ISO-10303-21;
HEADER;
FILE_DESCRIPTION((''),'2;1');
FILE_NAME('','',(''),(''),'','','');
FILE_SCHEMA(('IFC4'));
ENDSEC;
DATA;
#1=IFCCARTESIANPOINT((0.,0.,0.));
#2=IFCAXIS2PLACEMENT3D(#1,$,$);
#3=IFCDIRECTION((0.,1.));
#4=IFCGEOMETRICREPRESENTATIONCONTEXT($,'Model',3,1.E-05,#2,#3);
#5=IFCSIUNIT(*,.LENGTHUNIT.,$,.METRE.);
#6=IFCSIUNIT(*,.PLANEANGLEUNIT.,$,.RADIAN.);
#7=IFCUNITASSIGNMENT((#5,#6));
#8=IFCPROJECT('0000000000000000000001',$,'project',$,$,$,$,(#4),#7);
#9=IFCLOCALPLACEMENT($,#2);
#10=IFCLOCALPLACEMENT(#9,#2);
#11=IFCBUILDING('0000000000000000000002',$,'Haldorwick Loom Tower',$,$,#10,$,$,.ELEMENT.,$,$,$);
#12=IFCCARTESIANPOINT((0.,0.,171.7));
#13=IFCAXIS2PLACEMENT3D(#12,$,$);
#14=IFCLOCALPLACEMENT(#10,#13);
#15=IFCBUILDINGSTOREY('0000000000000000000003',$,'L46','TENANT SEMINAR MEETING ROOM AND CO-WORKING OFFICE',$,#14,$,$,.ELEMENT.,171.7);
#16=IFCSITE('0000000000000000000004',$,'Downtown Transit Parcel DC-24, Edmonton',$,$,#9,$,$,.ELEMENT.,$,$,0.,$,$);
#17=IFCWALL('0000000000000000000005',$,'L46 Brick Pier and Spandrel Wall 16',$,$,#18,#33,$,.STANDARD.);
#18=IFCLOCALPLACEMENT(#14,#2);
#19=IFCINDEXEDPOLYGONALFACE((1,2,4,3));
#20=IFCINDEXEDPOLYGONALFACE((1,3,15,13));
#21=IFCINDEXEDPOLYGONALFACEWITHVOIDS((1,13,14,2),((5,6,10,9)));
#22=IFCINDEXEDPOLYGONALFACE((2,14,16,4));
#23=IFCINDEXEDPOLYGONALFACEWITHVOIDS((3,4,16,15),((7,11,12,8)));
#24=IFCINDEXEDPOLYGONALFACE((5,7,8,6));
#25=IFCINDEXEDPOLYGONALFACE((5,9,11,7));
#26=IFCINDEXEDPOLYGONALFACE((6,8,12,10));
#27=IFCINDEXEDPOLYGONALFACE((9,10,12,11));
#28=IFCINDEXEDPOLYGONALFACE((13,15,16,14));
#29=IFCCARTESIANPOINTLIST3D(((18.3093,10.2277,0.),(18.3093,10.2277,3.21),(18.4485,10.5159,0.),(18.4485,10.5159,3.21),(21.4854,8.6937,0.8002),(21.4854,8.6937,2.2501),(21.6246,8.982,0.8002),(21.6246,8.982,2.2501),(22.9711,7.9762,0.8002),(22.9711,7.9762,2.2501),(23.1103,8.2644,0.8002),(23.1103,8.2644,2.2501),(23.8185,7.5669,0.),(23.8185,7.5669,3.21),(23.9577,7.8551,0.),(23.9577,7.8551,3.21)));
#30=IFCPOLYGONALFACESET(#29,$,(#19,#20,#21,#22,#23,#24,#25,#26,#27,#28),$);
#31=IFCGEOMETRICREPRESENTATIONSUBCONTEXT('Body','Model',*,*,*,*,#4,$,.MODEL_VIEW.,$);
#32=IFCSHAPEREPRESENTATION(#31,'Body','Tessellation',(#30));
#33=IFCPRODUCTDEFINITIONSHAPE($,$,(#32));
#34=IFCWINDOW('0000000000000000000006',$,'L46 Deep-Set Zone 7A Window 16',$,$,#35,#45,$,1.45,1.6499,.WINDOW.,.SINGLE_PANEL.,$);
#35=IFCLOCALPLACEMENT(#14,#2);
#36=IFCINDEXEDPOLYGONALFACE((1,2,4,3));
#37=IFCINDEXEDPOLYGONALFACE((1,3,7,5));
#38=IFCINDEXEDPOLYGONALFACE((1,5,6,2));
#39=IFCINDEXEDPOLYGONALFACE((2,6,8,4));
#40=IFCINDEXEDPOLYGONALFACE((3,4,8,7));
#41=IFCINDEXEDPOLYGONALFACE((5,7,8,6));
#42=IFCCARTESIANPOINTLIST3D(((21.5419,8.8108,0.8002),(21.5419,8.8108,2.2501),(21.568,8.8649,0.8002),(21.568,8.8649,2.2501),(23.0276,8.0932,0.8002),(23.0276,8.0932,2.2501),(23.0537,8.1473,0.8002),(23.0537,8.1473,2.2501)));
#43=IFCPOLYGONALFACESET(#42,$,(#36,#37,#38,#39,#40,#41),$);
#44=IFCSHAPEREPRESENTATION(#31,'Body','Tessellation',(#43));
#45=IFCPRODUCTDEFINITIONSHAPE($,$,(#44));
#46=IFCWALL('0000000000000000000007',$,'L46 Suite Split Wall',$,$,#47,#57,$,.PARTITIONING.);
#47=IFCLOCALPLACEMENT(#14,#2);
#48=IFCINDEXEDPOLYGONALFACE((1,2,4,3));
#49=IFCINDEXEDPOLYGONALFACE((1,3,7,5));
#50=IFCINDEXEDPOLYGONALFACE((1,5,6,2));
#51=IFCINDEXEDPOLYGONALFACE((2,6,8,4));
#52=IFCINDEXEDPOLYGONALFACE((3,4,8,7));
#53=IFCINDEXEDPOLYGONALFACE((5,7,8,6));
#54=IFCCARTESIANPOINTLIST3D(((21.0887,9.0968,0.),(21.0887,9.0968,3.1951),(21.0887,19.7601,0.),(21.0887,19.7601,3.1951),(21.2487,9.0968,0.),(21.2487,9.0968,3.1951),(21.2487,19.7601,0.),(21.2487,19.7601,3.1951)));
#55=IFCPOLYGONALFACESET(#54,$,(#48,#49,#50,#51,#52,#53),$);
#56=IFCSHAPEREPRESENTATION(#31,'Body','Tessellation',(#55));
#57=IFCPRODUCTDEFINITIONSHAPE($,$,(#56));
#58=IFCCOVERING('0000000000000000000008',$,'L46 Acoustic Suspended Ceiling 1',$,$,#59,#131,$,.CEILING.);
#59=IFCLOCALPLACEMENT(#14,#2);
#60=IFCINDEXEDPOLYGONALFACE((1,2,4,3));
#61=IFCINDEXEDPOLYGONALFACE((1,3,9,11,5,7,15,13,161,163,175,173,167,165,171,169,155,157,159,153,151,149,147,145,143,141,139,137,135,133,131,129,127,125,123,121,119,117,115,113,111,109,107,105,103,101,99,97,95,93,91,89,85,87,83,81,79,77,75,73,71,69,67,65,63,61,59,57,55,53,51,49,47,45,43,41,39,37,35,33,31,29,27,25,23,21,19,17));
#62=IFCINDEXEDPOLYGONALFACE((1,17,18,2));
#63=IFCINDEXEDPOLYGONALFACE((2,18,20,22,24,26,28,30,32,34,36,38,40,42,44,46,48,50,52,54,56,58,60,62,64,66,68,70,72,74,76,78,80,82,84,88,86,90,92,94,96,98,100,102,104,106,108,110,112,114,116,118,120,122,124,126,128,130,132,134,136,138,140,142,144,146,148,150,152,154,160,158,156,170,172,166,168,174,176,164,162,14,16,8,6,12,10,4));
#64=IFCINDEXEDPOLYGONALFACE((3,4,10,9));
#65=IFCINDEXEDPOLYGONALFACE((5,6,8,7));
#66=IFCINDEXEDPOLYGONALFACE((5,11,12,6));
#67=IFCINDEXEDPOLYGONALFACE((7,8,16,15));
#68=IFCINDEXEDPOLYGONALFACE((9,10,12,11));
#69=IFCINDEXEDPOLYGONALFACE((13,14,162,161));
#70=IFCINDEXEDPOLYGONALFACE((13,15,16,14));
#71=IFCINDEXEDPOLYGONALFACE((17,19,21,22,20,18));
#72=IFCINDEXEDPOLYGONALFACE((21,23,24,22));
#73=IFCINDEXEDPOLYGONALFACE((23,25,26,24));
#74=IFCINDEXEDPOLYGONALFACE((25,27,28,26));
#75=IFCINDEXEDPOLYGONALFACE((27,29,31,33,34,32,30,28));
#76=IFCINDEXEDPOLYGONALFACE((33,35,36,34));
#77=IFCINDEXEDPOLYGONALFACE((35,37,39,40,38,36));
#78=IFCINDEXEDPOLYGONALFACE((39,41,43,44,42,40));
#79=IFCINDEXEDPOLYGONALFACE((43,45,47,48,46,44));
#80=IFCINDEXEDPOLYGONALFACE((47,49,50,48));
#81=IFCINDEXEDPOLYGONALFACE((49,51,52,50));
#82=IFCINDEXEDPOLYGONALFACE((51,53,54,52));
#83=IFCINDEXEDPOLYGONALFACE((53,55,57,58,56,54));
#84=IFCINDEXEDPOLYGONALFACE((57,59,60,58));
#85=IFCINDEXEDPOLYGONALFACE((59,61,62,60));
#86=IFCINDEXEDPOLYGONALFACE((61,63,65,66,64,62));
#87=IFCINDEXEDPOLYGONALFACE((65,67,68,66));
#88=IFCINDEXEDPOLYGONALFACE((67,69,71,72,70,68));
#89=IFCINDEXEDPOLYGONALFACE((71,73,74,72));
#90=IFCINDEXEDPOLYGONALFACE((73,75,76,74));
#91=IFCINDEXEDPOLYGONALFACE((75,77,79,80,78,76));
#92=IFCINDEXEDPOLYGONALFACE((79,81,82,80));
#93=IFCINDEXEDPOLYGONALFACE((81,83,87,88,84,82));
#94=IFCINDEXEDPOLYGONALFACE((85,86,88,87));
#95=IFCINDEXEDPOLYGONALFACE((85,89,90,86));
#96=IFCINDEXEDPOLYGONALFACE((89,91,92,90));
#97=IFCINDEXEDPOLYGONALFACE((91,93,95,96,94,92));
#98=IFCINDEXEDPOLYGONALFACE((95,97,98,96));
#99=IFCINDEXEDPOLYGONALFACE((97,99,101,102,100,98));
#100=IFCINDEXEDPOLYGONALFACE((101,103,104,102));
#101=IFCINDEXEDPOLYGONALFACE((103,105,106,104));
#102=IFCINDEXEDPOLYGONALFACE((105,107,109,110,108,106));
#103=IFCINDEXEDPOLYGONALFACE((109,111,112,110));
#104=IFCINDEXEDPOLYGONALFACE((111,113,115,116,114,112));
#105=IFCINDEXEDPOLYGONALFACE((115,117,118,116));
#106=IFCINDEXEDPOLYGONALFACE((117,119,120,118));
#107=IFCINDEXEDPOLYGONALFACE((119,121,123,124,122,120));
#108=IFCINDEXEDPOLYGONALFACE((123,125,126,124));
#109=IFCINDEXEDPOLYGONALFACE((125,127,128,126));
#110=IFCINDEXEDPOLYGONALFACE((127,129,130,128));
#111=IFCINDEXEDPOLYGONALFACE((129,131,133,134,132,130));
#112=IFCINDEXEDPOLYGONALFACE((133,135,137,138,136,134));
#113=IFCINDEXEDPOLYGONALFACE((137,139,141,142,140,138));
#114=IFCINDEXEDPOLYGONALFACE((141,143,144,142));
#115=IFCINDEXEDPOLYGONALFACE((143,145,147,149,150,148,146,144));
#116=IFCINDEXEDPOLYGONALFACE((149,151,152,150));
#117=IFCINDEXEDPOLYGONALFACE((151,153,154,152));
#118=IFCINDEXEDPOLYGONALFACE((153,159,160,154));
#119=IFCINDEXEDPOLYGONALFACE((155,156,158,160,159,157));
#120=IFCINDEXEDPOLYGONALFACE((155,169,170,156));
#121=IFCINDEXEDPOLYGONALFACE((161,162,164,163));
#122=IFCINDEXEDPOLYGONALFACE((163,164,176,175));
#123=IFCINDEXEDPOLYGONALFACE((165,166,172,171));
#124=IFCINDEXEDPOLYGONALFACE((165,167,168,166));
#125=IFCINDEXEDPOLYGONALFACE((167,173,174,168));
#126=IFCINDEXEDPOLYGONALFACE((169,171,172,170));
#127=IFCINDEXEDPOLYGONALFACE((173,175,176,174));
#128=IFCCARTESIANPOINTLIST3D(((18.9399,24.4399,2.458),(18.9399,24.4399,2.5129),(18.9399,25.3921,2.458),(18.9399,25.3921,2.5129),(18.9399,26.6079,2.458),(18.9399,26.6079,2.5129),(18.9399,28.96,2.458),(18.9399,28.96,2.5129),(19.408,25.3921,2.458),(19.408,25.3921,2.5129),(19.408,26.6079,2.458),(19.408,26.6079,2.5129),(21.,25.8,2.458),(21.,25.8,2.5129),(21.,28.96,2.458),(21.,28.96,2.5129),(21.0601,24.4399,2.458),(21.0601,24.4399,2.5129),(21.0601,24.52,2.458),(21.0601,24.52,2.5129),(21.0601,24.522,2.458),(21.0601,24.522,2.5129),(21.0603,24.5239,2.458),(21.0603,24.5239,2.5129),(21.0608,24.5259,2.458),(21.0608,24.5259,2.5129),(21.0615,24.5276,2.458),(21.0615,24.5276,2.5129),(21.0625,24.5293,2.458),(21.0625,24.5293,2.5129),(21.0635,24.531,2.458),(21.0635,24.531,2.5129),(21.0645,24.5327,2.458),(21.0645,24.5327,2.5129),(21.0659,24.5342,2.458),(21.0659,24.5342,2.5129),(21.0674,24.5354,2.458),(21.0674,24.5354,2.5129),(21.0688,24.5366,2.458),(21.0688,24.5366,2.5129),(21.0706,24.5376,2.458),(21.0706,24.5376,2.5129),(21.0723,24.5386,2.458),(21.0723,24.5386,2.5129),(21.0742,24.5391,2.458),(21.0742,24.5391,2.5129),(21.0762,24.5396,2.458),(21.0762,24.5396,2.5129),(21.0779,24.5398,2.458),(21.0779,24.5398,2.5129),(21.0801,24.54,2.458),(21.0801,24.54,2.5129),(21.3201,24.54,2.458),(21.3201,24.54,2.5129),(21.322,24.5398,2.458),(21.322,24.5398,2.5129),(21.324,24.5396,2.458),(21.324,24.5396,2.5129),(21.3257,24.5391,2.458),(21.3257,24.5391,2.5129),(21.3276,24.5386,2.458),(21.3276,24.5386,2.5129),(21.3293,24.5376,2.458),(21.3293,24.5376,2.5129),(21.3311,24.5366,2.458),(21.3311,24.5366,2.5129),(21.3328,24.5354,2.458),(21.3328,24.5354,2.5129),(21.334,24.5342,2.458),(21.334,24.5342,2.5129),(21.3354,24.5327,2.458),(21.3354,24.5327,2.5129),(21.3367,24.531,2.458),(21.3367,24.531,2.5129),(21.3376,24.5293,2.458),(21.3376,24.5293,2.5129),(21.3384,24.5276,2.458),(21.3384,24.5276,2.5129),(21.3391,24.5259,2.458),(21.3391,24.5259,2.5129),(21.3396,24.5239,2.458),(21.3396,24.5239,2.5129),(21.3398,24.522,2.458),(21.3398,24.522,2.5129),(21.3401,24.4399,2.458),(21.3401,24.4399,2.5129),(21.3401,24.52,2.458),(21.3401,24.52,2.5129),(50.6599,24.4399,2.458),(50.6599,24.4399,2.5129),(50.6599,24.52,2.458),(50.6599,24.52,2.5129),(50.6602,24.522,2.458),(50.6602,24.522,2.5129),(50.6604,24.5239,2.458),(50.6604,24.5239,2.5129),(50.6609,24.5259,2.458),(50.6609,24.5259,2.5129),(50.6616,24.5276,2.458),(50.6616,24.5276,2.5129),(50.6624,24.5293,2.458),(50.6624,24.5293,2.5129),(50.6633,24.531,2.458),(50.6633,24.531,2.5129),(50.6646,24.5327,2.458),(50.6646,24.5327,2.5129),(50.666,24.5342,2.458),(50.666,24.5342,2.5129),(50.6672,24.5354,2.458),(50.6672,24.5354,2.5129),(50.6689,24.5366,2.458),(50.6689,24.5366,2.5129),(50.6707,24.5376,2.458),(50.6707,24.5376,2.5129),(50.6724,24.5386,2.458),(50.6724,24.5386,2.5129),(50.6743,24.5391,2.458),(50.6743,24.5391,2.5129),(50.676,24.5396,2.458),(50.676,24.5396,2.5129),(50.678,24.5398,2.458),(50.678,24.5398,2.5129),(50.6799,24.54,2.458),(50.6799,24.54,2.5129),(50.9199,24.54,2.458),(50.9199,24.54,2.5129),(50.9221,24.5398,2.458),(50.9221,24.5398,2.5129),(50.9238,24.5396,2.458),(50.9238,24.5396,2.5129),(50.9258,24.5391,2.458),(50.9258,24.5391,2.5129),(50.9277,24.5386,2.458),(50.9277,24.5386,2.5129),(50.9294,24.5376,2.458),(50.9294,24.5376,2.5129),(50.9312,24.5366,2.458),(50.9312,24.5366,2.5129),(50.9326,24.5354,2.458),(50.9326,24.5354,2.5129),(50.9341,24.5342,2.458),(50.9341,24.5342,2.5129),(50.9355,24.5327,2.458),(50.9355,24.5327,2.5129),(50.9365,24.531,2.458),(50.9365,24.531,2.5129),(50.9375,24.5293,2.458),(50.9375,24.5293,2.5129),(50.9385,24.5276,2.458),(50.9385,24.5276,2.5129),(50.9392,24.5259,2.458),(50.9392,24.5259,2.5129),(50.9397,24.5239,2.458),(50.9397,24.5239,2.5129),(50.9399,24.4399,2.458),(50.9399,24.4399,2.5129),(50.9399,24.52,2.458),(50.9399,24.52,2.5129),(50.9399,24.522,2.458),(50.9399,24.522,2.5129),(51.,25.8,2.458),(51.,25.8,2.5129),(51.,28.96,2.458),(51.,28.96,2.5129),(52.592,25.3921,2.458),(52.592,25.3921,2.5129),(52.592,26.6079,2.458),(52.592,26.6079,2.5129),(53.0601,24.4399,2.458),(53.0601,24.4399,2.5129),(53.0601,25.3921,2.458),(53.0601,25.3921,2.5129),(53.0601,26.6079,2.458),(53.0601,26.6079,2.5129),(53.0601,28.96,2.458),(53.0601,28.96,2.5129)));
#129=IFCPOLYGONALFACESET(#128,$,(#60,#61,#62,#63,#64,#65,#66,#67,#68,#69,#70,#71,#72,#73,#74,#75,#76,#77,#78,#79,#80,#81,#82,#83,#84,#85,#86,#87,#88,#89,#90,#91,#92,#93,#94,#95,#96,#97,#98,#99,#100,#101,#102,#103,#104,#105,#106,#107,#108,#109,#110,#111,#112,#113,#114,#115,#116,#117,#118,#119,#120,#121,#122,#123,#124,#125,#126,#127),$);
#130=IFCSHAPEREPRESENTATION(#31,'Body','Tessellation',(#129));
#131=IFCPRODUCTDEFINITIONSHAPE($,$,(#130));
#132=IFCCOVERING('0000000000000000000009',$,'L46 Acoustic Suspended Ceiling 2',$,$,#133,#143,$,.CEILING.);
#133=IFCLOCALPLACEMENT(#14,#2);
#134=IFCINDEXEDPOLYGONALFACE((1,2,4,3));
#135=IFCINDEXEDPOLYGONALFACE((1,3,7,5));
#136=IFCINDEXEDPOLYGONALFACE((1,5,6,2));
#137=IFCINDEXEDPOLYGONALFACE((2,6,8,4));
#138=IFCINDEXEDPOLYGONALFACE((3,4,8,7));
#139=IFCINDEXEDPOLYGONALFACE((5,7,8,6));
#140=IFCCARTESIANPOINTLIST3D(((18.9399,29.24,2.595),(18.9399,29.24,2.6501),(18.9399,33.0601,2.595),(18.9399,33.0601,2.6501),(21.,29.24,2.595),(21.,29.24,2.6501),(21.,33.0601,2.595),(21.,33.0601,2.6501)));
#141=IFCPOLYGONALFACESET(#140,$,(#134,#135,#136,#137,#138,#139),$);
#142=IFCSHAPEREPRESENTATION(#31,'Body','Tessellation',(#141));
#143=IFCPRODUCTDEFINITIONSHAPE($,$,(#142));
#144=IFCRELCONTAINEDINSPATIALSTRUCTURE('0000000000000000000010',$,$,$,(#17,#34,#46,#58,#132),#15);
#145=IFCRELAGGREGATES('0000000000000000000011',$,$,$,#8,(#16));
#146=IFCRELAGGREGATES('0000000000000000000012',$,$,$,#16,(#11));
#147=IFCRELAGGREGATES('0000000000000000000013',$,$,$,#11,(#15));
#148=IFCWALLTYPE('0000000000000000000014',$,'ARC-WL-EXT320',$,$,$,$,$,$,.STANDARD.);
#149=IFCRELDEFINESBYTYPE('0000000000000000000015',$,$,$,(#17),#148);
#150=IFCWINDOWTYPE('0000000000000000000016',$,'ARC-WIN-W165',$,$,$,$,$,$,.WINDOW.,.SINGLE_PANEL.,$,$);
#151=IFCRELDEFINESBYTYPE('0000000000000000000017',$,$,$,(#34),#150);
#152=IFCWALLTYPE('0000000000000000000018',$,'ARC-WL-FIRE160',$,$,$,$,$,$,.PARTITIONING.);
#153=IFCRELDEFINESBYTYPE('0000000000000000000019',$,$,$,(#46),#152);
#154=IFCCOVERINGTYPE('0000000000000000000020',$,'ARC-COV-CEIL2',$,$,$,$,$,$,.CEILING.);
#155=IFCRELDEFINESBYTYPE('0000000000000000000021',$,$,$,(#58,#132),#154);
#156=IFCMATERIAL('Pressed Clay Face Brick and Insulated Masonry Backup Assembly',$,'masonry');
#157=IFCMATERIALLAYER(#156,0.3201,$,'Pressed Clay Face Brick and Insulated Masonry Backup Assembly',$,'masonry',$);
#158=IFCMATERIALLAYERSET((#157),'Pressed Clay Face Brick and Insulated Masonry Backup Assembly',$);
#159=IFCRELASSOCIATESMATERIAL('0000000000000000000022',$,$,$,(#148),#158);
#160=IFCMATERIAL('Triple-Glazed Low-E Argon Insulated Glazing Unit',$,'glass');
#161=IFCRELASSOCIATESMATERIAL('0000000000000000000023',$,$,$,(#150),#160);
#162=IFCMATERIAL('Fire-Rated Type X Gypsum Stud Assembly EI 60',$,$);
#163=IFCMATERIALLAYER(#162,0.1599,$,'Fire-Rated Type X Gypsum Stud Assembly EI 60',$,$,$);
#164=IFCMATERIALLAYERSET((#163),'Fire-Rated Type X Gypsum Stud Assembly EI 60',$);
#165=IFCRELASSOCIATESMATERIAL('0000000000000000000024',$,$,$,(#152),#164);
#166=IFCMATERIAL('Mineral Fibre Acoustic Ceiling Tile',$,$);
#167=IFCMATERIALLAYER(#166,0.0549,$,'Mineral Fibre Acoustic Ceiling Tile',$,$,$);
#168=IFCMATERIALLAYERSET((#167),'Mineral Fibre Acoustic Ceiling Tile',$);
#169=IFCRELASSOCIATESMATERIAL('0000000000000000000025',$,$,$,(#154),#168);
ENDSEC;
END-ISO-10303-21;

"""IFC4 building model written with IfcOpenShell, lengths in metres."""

from ifc_helpers import new_model, si_unit, direction, frame, frame_2d, origin, place, context, subcontext, project, spatial, polyline, rectangle, outline, extrude, material, layer, layer_set, type_object, element, fill, save


model = new_model("IFC4")

# Units and contexts
model_context = context("Model", 3, precision=1e-05, world=origin(), true_north=direction((0.0, 1.0)))
body_context = subcontext(model_context, "Body", "Model", "MODEL_VIEW")
ifc_project = project(units=[si_unit("LENGTHUNIT", "METRE"), si_unit("PLANEANGLEUNIT", "RADIAN")], contexts=[model_context])

# Site, building, storey
site_placement = place(None, origin())
site = spatial("IfcSite", under=ifc_project, at=site_placement, Name="Downtown Transit Parcel DC-24, Edmonton", CompositionType="ELEMENT", RefElevation=0.0)
building_placement = place(site_placement, origin())
building = spatial("IfcBuilding", under=site, at=building_placement, Name="Haldorwick Loom Tower", CompositionType="ELEMENT")
storey_placement = place(building_placement, frame((0.0, 0.0, 171.7)))
storey = spatial("IfcBuildingStorey", under=building, at=storey_placement, Name="L46", Description="TENANT SEMINAR MEETING ROOM AND CO-WORKING OFFICE", CompositionType="ELEMENT", Elevation=171.7)

# Shared definitions
ifc_material_1 = material(Name="Pressed Clay Face Brick and Insulated Masonry Backup Assembly", Category="masonry")
ifc_layer_1 = layer(ifc_material_1, 0.3201, Name="Pressed Clay Face Brick and Insulated Masonry Backup Assembly", Category="masonry")
ifc_layer_set_1 = layer_set([ifc_layer_1], Name="Pressed Clay Face Brick and Insulated Masonry Backup Assembly")
wall_type_1 = type_object("IfcWallType", Name="ARC-WL-EXT320", PredefinedType="STANDARD", material=ifc_layer_set_1)

# Wall, opening, window
wall_1_placement = place(storey_placement, frame((18.3789, 10.3718, 0.0), z_axis=(0.0, 0.0, 1.0), x_axis=(0.900472, -0.434913, 0.0)))
wall_1 = element("IfcWall", 1, at=wall_1_placement, inside=storey, type_object=wall_type_1, Name="L46 Brick Pier and Spandrel Wall 16", PredefinedType="STANDARD", context=body_context, shape_type="SweptSolid", body=[
    extrude(rectangle(XDim=6.1182, YDim=0.3201, at=frame_2d((3.0591, 0.0))), origin(), (0.0, 0.0, 1.0), 3.21),
])
opening_1_placement = place(wall_1_placement, frame((3.5271, 0.0, 0.8)))
opening_1 = element("IfcOpeningElement", 2, at=opening_1_placement, cuts=wall_1, PredefinedType="OPENING", context=body_context, shape_type="SweptSolid", body=[
    extrude(rectangle(XDim=1.6499, YDim=1.45, at=frame_2d((0.825, 0.7251))), frame((0.0, 0.1699, 0.0), z_axis=(0.0, -1.0, 0.0), x_axis=(1.0, 0.0, 0.0)), (0.0, 0.0, 1.0), 0.3401),
])
ifc_material_2 = material(Name="Triple-Glazed Low-E Argon Insulated Glazing Unit", Category="glass")
window_type = type_object("IfcWindowType", Name="ARC-WIN-W165", PartitioningType="SINGLE_PANEL", PredefinedType="WINDOW", material=ifc_material_2)
window_placement = place(opening_1_placement, origin())
window = element("IfcWindow", 3, at=window_placement, inside=storey, type_object=window_type, Name="L46 Deep-Set Zone 7A Window 16", OverallHeight=1.45, OverallWidth=1.6499, PartitioningType="SINGLE_PANEL", PredefinedType="WINDOW", context=body_context, shape_type="SweptSolid", body=[
    extrude(rectangle(XDim=1.6499, YDim=1.45, at=frame_2d((0.825, 0.7251))), frame((0.0, 0.03, 0.0), z_axis=(0.0, -1.0, 0.0), x_axis=(1.0, 0.0, 0.0)), (0.0, 0.0, 1.0), 0.0601),
])
fill(opening_1, window)

# Wall
ifc_material_3 = material(Name="Fire-Rated Type X Gypsum Stud Assembly EI 60")
ifc_layer_2 = layer(ifc_material_3, 0.1599, Name="Fire-Rated Type X Gypsum Stud Assembly EI 60")
ifc_layer_set_2 = layer_set([ifc_layer_2], Name="Fire-Rated Type X Gypsum Stud Assembly EI 60")
wall_type_2 = type_object("IfcWallType", Name="ARC-WL-FIRE160", PredefinedType="PARTITIONING", material=ifc_layer_set_2)
wall_2_placement = place(storey_placement, frame((21.1687, 19.76, 0.0), z_axis=(0.0, 0.0, 1.0), x_axis=(0.0, -1.0, 0.0)))
element("IfcWall", 4, at=wall_2_placement, inside=storey, type_object=wall_type_2, Name="L46 Suite Split Wall", PredefinedType="PARTITIONING", context=body_context, shape_type="SweptSolid", body=[
    extrude(rectangle(XDim=10.6633, YDim=0.1599, at=frame_2d((5.3315, 0.0))), origin(), (0.0, 0.0, 1.0), 3.1951),
])

# Coverings
ifc_material_4 = material(Name="Mineral Fibre Acoustic Ceiling Tile")
ifc_layer_3 = layer(ifc_material_4, 0.0549, Name="Mineral Fibre Acoustic Ceiling Tile")
ifc_layer_set_3 = layer_set([ifc_layer_3], Name="Mineral Fibre Acoustic Ceiling Tile")
covering_type_1 = type_object("IfcCoveringType", Name="ARC-COV-CEIL2", PredefinedType="CEILING", material=ifc_layer_set_3)
covering_1_placement = place(storey_placement, frame((0.0, 0.0, 2.458)))
element("IfcCovering", 5, at=covering_1_placement, inside=storey, type_object=covering_type_1, Name="L46 Acoustic Suspended Ceiling 1", PredefinedType="CEILING", context=body_context, shape_type="SweptSolid", body=[
    extrude(outline(polyline([(51.0, 28.96), (51.0, 25.8), (21.0, 25.8), (21.0, 28.96), (18.9399, 28.96), (18.9399, 26.6079), (19.408, 26.6079), (19.408, 25.3921), (18.9399, 25.3921), (18.9399, 24.4399), (21.0601, 24.4399), (21.0601, 24.52), (21.0601, 24.522), (21.0603, 24.5239), (21.0608, 24.5259), (21.0615, 24.5276), (21.0625, 24.5293), (21.0635, 24.531), (21.0645, 24.5327), (21.0659, 24.5342), (21.0674, 24.5354), (21.0688, 24.5366), (21.0706, 24.5376), (21.0723, 24.5386), (21.0742, 24.5391), (21.0762, 24.5396), (21.0779, 24.5398), (21.0801, 24.54), (21.3201, 24.54), (21.322, 24.5398), (21.324, 24.5396), (21.3257, 24.5391), (21.3276, 24.5386), (21.3293, 24.5376), (21.3311, 24.5366), (21.3328, 24.5354), (21.334, 24.5342), (21.3354, 24.5327), (21.3367, 24.531), (21.3376, 24.5293), (21.3384, 24.5276), (21.3391, 24.5259), (21.3396, 24.5239), (21.3398, 24.522), (21.3401, 24.52), (21.3401, 24.4399), (50.6599, 24.4399), (50.6599, 24.52), (50.6602, 24.522), (50.6604, 24.5239), (50.6609, 24.5259), (50.6616, 24.5276), (50.6624, 24.5293), (50.6633, 24.531), (50.6646, 24.5327), (50.666, 24.5342), (50.6672, 24.5354), (50.6689, 24.5366), (50.6707, 24.5376), (50.6724, 24.5386), (50.6743, 24.5391), (50.676, 24.5396), (50.678, 24.5398), (50.6799, 24.54), (50.9199, 24.54), (50.9221, 24.5398), (50.9238, 24.5396), (50.9258, 24.5391), (50.9277, 24.5386), (50.9294, 24.5376), (50.9312, 24.5366), (50.9326, 24.5354), (50.9341, 24.5342), (50.9355, 24.5327), (50.9365, 24.531), (50.9375, 24.5293), (50.9385, 24.5276), (50.9392, 24.5259), (50.9397, 24.5239), (50.9399, 24.522), (50.9399, 24.52), (50.9399, 24.4399), (53.0601, 24.4399), (53.0601, 25.3921), (52.592, 25.3921), (52.592, 26.6079), (53.0601, 26.6079), (53.0601, 28.96), (51.0, 28.96)])), origin(), (0.0, 0.0, 1.0), 0.0549),
])
covering_2_placement = place(storey_placement, frame((0.0, 0.0, 2.595)))
element("IfcCovering", 6, at=covering_2_placement, inside=storey, type_object=covering_type_1, Name="L46 Acoustic Suspended Ceiling 2", PredefinedType="CEILING", context=body_context, shape_type="SweptSolid", body=[
    extrude(outline(polyline([(18.9399, 29.24), (21.0, 29.24), (21.0, 33.0601), (18.9399, 33.0601), (18.9399, 29.24)])), origin(), (0.0, 0.0, 1.0), 0.0552),
])

save(model, "model.ifc")
